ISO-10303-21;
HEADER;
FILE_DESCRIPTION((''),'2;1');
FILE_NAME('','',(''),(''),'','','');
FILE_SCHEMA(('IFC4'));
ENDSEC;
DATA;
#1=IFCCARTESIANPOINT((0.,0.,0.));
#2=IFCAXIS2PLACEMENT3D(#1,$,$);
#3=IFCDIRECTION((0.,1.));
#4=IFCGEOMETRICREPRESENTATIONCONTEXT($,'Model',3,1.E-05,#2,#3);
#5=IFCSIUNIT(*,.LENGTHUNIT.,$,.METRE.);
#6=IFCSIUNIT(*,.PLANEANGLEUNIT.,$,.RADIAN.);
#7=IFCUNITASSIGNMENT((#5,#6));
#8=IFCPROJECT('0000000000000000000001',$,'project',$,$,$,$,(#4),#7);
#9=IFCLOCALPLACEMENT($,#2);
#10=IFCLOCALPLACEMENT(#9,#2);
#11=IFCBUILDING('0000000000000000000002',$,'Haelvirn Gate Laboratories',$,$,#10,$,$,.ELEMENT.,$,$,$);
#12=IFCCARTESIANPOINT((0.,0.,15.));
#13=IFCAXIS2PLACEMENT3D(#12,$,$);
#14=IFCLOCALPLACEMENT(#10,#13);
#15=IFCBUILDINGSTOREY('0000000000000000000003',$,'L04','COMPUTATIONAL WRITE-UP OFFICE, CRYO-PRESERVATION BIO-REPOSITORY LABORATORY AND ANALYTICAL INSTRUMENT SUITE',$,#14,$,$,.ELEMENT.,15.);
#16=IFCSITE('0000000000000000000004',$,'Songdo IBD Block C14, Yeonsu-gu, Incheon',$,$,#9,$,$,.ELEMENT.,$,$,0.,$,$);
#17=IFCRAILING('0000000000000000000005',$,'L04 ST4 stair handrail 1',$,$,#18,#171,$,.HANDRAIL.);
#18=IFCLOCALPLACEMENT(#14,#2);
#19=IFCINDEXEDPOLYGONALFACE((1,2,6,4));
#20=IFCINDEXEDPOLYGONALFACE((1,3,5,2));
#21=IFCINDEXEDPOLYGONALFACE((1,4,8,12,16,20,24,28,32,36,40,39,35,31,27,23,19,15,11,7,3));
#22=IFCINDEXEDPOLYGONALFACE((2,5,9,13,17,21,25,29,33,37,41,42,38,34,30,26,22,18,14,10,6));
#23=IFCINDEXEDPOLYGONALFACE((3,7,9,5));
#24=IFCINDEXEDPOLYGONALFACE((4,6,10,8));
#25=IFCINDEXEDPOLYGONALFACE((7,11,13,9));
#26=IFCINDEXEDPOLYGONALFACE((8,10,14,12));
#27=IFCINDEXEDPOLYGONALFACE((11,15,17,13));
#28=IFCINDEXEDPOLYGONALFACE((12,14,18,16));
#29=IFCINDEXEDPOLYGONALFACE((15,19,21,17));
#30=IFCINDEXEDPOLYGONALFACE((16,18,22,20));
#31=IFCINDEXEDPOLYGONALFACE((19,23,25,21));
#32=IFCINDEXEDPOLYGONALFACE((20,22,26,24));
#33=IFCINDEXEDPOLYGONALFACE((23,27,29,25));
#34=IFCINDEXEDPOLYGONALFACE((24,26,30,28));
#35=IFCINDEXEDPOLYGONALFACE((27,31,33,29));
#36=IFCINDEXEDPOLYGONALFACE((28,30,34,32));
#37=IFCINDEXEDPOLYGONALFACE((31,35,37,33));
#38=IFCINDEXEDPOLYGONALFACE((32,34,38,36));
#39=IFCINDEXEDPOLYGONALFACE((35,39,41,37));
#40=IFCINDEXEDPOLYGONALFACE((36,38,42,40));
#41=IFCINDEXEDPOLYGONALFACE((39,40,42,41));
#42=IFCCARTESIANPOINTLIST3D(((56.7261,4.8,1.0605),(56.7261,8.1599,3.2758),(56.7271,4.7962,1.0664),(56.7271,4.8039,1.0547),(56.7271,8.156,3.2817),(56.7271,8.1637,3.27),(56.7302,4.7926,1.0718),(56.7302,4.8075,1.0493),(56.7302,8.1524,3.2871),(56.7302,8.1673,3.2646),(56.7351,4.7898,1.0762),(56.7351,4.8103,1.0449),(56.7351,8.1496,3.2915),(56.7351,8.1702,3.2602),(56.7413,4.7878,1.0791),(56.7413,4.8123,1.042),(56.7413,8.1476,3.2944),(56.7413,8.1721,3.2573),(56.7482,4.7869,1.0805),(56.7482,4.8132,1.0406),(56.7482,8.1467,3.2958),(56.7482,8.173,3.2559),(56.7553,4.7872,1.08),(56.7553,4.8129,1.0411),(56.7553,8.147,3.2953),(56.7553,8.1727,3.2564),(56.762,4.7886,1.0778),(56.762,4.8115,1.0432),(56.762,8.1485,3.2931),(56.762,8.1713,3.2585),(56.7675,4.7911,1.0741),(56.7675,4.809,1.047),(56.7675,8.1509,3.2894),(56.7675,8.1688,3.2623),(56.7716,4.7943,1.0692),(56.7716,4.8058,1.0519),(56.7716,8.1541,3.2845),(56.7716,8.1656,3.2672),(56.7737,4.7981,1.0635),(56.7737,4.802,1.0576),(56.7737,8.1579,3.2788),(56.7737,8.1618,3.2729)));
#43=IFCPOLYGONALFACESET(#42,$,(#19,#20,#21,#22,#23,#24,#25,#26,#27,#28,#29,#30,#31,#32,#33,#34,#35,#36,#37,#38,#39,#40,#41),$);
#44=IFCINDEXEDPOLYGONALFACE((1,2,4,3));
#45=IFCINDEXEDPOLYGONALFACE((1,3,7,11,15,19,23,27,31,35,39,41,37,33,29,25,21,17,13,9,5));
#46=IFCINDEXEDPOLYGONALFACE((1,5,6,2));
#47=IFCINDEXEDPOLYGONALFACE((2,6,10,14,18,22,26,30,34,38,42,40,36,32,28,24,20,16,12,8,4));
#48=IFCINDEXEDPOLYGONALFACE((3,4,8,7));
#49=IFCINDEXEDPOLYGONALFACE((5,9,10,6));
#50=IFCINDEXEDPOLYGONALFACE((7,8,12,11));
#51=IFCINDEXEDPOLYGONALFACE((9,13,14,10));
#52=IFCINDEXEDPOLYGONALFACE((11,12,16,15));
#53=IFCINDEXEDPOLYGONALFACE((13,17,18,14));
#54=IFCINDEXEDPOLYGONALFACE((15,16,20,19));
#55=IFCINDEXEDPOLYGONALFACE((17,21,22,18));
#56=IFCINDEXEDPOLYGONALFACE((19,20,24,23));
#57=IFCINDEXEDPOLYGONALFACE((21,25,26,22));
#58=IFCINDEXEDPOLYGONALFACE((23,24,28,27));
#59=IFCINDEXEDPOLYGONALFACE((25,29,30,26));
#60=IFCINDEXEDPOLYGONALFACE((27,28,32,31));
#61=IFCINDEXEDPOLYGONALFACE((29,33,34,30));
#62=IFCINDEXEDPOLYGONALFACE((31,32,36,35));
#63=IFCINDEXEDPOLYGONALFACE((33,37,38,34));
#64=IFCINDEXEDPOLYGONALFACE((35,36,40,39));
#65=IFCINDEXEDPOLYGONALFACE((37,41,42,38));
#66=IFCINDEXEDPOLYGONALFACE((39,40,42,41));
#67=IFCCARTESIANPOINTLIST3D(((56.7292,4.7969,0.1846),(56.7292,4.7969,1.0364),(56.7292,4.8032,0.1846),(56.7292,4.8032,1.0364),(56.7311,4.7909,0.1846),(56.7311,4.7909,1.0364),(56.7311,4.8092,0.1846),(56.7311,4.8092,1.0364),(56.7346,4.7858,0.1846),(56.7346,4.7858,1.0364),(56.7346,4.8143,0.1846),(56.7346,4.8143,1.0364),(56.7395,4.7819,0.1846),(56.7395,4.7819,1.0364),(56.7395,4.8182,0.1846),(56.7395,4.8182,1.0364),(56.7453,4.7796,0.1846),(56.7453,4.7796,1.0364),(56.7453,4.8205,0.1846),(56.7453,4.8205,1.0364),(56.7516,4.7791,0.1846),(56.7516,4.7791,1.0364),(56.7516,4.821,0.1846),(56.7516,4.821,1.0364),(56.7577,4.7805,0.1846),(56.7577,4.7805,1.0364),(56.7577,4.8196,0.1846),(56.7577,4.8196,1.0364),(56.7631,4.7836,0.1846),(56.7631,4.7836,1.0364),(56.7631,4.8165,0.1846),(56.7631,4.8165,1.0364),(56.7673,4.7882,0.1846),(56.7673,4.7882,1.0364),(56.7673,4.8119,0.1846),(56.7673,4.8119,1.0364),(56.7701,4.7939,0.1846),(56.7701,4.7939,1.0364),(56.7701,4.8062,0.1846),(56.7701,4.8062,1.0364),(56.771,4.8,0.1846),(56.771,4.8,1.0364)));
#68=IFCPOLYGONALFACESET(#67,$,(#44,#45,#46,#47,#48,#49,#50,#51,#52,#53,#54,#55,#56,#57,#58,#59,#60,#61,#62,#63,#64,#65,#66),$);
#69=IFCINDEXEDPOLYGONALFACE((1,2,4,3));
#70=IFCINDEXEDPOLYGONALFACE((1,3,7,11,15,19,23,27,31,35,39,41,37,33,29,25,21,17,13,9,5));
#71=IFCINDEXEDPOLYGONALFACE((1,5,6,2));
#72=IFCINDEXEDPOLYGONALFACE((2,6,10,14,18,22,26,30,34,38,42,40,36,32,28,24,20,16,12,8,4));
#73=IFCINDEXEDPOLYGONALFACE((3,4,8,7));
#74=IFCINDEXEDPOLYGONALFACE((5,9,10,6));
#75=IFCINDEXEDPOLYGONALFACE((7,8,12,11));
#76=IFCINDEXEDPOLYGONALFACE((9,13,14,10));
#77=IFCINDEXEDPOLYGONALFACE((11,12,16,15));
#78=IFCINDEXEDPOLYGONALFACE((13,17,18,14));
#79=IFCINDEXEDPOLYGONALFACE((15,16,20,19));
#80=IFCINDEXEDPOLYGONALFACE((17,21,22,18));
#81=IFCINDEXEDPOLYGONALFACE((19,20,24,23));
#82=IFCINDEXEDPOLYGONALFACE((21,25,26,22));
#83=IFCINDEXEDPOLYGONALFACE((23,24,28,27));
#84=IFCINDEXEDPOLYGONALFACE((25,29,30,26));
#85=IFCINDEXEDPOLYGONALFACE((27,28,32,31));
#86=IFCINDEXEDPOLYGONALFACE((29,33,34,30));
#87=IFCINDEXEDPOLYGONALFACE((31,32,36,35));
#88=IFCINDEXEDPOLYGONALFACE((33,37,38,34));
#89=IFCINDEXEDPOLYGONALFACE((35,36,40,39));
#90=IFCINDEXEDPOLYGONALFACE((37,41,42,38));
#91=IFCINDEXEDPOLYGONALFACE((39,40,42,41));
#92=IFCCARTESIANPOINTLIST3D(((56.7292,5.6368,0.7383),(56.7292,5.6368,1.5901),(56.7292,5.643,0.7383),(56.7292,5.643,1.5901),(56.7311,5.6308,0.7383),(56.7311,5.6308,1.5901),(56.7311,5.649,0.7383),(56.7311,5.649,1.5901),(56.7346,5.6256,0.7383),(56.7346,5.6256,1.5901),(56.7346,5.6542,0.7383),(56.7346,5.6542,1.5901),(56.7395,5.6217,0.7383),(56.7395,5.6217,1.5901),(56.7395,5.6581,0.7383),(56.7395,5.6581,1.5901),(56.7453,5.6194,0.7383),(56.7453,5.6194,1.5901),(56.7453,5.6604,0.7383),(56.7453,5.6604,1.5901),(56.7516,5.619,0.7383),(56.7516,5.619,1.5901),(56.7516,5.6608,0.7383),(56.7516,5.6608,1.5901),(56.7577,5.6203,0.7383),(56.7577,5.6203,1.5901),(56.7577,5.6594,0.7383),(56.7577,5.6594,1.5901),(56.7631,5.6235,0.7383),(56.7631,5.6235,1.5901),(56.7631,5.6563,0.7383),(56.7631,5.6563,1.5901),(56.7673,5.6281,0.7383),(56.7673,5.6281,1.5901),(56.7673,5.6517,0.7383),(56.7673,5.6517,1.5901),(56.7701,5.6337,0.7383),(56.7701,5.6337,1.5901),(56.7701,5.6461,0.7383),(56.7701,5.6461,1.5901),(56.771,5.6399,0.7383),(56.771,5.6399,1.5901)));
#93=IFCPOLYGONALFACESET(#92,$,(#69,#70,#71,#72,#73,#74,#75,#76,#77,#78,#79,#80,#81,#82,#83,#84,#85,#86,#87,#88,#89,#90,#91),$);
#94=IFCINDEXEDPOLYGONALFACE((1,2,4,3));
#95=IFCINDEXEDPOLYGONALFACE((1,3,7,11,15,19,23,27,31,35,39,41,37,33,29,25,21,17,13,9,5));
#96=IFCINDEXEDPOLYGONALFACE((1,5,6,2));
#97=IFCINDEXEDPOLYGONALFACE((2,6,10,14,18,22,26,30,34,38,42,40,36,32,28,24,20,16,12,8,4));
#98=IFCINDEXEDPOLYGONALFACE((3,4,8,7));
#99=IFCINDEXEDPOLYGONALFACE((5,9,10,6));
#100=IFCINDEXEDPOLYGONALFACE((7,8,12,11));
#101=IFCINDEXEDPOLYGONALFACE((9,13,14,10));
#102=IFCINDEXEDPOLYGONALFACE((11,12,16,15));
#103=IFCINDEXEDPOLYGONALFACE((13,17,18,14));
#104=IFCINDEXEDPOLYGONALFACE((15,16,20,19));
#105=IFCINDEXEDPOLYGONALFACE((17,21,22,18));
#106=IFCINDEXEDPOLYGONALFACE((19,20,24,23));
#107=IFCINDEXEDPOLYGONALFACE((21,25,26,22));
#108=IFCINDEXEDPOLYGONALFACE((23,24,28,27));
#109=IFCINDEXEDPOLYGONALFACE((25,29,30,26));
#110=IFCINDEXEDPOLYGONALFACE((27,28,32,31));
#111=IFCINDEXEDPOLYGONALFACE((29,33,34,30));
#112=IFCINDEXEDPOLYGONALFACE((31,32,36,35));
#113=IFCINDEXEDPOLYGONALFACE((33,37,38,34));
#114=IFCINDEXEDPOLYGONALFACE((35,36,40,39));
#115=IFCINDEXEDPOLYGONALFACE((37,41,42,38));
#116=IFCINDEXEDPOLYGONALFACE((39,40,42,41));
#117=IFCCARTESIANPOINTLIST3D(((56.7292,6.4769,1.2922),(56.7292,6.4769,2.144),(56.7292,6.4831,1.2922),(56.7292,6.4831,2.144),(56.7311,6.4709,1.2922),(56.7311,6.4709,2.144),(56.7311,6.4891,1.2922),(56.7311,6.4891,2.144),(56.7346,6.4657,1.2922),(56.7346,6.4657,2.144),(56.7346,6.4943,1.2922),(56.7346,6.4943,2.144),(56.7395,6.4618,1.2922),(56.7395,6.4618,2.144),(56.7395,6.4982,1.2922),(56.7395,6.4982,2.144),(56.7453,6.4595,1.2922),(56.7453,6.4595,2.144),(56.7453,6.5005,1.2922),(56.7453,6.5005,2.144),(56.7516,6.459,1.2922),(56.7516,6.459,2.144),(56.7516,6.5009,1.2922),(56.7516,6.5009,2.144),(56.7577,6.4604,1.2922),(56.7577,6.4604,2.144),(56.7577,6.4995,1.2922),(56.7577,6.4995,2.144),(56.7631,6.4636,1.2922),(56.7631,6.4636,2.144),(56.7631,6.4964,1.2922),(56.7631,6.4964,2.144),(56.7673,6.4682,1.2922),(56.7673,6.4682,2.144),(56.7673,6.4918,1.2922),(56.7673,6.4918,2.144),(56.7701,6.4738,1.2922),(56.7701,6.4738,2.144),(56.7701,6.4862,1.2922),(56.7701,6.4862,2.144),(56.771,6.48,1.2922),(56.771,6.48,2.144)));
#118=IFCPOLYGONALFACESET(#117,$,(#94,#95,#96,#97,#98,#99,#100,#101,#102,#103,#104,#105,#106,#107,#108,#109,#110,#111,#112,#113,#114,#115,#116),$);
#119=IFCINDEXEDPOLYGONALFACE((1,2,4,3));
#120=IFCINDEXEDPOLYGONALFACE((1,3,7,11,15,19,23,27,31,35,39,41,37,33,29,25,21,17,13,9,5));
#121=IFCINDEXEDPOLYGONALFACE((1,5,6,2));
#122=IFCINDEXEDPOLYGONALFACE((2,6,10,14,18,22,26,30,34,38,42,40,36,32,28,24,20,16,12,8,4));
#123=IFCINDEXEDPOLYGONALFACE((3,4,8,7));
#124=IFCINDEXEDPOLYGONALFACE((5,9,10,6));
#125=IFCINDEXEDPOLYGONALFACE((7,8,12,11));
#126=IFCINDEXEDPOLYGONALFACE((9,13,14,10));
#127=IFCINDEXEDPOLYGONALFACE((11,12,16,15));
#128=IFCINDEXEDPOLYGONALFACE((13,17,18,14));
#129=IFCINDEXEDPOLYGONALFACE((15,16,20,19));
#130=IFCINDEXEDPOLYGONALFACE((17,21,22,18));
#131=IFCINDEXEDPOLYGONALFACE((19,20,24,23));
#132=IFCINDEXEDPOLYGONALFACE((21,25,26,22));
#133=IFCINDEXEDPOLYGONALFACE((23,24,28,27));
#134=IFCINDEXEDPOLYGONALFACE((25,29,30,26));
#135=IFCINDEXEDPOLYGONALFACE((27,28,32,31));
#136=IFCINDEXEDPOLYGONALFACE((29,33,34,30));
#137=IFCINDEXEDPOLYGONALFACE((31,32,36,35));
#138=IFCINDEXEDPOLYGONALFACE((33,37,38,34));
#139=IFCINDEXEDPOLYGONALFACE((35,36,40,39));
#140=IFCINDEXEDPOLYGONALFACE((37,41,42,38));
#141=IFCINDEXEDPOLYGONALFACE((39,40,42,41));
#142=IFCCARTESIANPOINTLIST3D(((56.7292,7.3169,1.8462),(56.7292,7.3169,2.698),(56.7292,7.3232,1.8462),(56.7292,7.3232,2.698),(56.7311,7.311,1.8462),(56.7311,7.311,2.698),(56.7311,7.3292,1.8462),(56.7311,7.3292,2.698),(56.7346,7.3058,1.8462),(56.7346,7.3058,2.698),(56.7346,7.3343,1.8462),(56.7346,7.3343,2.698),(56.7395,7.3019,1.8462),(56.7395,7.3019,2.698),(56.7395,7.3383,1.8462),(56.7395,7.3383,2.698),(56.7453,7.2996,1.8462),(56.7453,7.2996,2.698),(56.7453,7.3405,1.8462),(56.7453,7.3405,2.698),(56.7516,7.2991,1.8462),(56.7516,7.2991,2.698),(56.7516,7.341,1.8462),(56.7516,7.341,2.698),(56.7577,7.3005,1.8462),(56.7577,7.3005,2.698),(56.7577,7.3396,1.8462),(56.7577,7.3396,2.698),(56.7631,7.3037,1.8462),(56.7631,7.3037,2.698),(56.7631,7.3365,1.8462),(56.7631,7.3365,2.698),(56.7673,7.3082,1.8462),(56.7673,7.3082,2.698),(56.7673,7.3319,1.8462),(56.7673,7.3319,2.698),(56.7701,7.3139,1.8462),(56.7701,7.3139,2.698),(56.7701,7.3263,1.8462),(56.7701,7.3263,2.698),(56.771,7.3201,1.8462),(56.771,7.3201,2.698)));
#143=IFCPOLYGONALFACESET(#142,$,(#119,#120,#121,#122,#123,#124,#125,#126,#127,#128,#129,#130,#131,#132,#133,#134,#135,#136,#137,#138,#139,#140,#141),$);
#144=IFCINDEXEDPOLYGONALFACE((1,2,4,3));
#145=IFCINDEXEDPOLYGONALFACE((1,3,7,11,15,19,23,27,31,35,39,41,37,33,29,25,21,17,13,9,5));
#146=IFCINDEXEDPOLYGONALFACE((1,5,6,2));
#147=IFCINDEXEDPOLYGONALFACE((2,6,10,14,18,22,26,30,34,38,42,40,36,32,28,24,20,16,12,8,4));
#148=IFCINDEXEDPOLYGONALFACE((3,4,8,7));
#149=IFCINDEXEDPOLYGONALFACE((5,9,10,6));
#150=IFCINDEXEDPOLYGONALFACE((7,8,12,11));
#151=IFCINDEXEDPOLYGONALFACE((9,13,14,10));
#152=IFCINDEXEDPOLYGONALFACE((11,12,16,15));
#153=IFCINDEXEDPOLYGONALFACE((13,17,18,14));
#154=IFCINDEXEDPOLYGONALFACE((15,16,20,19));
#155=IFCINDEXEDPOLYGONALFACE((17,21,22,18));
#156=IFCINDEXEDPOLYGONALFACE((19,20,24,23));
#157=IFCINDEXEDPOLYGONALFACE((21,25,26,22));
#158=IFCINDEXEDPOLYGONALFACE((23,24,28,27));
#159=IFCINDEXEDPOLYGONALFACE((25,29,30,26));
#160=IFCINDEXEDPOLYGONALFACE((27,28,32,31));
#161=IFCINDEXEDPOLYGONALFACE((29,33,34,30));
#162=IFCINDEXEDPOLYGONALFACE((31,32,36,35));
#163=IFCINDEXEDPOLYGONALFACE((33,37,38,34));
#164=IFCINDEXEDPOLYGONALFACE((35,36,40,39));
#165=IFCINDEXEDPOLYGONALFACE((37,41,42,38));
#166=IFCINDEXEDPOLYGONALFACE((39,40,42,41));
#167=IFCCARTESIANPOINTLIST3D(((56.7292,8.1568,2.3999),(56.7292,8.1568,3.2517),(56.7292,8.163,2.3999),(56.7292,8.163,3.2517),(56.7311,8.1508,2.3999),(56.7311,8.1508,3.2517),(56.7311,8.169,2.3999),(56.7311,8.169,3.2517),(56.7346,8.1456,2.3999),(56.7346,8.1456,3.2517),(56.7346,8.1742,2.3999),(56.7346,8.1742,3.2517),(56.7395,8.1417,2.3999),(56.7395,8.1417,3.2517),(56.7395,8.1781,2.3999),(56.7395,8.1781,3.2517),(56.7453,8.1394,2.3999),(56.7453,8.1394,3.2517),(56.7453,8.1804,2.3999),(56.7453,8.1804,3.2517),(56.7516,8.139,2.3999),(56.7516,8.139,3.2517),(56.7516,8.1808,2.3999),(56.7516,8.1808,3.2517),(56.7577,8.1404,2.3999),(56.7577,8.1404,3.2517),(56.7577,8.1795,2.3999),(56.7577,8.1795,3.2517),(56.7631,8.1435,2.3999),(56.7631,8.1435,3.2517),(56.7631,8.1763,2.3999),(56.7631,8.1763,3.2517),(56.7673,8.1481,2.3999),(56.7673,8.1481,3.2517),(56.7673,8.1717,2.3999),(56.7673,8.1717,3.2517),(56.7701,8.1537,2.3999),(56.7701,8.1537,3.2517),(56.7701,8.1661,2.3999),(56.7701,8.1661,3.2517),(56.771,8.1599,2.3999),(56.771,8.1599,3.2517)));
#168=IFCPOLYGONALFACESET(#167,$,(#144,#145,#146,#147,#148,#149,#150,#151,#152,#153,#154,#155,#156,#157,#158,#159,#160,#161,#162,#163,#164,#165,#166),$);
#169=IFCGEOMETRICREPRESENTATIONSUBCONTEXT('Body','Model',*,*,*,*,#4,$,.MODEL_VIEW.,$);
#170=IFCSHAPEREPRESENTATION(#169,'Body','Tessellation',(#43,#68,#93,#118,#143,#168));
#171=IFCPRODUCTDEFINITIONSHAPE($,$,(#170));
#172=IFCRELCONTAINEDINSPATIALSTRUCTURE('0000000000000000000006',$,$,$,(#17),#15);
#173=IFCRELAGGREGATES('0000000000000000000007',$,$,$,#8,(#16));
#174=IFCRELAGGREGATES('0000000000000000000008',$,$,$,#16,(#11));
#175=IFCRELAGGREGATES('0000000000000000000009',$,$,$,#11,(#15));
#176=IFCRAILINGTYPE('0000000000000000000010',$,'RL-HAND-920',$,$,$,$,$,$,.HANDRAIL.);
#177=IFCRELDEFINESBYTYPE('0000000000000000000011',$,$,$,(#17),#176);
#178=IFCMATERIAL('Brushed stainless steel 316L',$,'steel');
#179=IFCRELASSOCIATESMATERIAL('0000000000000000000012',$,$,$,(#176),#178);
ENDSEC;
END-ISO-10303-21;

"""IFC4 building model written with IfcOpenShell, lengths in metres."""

from ifc_helpers import new_model, si_unit, direction, frame, origin, origin_2d, place, context, subcontext, project, spatial, circle, extrude, source, transform, mapped, material, type_object, type_shapes, element, save


model = new_model("IFC4")

# Units and contexts
model_context = context("Model", 3, precision=1e-05, world=origin(), true_north=direction((0.0, 1.0)))
body_context = subcontext(model_context, "Body", "Model", "MODEL_VIEW")
ifc_project = project(units=[si_unit("LENGTHUNIT", "METRE"), si_unit("PLANEANGLEUNIT", "RADIAN")], contexts=[model_context])

# Site, building, storey
site_placement = place(None, origin())
site = spatial("IfcSite", under=ifc_project, at=site_placement, Name="Songdo IBD Block C14, Yeonsu-gu, Incheon", CompositionType="ELEMENT", RefElevation=0.0)
building_placement = place(site_placement, origin())
building = spatial("IfcBuilding", under=site, at=building_placement, Name="Haelvirn Gate Laboratories", CompositionType="ELEMENT")
storey_placement = place(building_placement, frame((0.0, 0.0, 15.0)))
storey = spatial("IfcBuildingStorey", under=building, at=storey_placement, Name="L04", Description="COMPUTATIONAL WRITE-UP OFFICE, CRYO-PRESERVATION BIO-REPOSITORY LABORATORY AND ANALYTICAL INSTRUMENT SUITE", CompositionType="ELEMENT", Elevation=15.0)

# Railing
ifc_material_1 = material(Name="Brushed stainless steel 316L", Category="steel")
railing_type_1 = type_object("IfcRailingType", Name="RL-HAND-920", PredefinedType="HANDRAIL", material=ifc_material_1)
shared_shape_1 = source(origin(), body_context, "Body", "SweptSolid", [
    extrude(circle(Radius=0.0239, at=origin_2d()), frame((0.0, 0.0, 0.876), z_axis=(0.0, 0.834858, 0.550465), x_axis=(-1.0, 0.0, 0.0)), (0.0, 0.0, 1.0), 4.0244),
    extrude(circle(Radius=0.021, at=origin_2d()), origin(), (0.0, 0.0, 1.0), 0.8518),
    extrude(circle(Radius=0.021, at=origin_2d()), frame((0.0, 0.8398, 0.5537)), (0.0, 0.0, 1.0), 0.8518),
    extrude(circle(Radius=0.021, at=origin_2d()), frame((0.0, 1.6799, 1.1077)), (0.0, 0.0, 1.0), 0.8518),
    extrude(circle(Radius=0.021, at=origin_2d()), frame((0.0, 2.52, 1.6616)), (0.0, 0.0, 1.0), 0.8518),
    extrude(circle(Radius=0.021, at=origin_2d()), frame((0.0, 3.3599, 2.2153)), (0.0, 0.0, 1.0), 0.8518),
])
type_shapes(railing_type_1, [shared_shape_1])
railing_1_placement = place(storey_placement, frame((56.75, 4.8, 0.1846)))
element("IfcRailing", 1, at=railing_1_placement, inside=storey, type_object=railing_type_1, Name="L04 ST4 stair handrail 1", PredefinedType="HANDRAIL", context=body_context, shape_type="MappedRepresentation", body=[
    mapped(shared_shape_1, transform((0.0, 0.0, 0.0), scale=1.0)),
])

save(model, "model.ifc")
